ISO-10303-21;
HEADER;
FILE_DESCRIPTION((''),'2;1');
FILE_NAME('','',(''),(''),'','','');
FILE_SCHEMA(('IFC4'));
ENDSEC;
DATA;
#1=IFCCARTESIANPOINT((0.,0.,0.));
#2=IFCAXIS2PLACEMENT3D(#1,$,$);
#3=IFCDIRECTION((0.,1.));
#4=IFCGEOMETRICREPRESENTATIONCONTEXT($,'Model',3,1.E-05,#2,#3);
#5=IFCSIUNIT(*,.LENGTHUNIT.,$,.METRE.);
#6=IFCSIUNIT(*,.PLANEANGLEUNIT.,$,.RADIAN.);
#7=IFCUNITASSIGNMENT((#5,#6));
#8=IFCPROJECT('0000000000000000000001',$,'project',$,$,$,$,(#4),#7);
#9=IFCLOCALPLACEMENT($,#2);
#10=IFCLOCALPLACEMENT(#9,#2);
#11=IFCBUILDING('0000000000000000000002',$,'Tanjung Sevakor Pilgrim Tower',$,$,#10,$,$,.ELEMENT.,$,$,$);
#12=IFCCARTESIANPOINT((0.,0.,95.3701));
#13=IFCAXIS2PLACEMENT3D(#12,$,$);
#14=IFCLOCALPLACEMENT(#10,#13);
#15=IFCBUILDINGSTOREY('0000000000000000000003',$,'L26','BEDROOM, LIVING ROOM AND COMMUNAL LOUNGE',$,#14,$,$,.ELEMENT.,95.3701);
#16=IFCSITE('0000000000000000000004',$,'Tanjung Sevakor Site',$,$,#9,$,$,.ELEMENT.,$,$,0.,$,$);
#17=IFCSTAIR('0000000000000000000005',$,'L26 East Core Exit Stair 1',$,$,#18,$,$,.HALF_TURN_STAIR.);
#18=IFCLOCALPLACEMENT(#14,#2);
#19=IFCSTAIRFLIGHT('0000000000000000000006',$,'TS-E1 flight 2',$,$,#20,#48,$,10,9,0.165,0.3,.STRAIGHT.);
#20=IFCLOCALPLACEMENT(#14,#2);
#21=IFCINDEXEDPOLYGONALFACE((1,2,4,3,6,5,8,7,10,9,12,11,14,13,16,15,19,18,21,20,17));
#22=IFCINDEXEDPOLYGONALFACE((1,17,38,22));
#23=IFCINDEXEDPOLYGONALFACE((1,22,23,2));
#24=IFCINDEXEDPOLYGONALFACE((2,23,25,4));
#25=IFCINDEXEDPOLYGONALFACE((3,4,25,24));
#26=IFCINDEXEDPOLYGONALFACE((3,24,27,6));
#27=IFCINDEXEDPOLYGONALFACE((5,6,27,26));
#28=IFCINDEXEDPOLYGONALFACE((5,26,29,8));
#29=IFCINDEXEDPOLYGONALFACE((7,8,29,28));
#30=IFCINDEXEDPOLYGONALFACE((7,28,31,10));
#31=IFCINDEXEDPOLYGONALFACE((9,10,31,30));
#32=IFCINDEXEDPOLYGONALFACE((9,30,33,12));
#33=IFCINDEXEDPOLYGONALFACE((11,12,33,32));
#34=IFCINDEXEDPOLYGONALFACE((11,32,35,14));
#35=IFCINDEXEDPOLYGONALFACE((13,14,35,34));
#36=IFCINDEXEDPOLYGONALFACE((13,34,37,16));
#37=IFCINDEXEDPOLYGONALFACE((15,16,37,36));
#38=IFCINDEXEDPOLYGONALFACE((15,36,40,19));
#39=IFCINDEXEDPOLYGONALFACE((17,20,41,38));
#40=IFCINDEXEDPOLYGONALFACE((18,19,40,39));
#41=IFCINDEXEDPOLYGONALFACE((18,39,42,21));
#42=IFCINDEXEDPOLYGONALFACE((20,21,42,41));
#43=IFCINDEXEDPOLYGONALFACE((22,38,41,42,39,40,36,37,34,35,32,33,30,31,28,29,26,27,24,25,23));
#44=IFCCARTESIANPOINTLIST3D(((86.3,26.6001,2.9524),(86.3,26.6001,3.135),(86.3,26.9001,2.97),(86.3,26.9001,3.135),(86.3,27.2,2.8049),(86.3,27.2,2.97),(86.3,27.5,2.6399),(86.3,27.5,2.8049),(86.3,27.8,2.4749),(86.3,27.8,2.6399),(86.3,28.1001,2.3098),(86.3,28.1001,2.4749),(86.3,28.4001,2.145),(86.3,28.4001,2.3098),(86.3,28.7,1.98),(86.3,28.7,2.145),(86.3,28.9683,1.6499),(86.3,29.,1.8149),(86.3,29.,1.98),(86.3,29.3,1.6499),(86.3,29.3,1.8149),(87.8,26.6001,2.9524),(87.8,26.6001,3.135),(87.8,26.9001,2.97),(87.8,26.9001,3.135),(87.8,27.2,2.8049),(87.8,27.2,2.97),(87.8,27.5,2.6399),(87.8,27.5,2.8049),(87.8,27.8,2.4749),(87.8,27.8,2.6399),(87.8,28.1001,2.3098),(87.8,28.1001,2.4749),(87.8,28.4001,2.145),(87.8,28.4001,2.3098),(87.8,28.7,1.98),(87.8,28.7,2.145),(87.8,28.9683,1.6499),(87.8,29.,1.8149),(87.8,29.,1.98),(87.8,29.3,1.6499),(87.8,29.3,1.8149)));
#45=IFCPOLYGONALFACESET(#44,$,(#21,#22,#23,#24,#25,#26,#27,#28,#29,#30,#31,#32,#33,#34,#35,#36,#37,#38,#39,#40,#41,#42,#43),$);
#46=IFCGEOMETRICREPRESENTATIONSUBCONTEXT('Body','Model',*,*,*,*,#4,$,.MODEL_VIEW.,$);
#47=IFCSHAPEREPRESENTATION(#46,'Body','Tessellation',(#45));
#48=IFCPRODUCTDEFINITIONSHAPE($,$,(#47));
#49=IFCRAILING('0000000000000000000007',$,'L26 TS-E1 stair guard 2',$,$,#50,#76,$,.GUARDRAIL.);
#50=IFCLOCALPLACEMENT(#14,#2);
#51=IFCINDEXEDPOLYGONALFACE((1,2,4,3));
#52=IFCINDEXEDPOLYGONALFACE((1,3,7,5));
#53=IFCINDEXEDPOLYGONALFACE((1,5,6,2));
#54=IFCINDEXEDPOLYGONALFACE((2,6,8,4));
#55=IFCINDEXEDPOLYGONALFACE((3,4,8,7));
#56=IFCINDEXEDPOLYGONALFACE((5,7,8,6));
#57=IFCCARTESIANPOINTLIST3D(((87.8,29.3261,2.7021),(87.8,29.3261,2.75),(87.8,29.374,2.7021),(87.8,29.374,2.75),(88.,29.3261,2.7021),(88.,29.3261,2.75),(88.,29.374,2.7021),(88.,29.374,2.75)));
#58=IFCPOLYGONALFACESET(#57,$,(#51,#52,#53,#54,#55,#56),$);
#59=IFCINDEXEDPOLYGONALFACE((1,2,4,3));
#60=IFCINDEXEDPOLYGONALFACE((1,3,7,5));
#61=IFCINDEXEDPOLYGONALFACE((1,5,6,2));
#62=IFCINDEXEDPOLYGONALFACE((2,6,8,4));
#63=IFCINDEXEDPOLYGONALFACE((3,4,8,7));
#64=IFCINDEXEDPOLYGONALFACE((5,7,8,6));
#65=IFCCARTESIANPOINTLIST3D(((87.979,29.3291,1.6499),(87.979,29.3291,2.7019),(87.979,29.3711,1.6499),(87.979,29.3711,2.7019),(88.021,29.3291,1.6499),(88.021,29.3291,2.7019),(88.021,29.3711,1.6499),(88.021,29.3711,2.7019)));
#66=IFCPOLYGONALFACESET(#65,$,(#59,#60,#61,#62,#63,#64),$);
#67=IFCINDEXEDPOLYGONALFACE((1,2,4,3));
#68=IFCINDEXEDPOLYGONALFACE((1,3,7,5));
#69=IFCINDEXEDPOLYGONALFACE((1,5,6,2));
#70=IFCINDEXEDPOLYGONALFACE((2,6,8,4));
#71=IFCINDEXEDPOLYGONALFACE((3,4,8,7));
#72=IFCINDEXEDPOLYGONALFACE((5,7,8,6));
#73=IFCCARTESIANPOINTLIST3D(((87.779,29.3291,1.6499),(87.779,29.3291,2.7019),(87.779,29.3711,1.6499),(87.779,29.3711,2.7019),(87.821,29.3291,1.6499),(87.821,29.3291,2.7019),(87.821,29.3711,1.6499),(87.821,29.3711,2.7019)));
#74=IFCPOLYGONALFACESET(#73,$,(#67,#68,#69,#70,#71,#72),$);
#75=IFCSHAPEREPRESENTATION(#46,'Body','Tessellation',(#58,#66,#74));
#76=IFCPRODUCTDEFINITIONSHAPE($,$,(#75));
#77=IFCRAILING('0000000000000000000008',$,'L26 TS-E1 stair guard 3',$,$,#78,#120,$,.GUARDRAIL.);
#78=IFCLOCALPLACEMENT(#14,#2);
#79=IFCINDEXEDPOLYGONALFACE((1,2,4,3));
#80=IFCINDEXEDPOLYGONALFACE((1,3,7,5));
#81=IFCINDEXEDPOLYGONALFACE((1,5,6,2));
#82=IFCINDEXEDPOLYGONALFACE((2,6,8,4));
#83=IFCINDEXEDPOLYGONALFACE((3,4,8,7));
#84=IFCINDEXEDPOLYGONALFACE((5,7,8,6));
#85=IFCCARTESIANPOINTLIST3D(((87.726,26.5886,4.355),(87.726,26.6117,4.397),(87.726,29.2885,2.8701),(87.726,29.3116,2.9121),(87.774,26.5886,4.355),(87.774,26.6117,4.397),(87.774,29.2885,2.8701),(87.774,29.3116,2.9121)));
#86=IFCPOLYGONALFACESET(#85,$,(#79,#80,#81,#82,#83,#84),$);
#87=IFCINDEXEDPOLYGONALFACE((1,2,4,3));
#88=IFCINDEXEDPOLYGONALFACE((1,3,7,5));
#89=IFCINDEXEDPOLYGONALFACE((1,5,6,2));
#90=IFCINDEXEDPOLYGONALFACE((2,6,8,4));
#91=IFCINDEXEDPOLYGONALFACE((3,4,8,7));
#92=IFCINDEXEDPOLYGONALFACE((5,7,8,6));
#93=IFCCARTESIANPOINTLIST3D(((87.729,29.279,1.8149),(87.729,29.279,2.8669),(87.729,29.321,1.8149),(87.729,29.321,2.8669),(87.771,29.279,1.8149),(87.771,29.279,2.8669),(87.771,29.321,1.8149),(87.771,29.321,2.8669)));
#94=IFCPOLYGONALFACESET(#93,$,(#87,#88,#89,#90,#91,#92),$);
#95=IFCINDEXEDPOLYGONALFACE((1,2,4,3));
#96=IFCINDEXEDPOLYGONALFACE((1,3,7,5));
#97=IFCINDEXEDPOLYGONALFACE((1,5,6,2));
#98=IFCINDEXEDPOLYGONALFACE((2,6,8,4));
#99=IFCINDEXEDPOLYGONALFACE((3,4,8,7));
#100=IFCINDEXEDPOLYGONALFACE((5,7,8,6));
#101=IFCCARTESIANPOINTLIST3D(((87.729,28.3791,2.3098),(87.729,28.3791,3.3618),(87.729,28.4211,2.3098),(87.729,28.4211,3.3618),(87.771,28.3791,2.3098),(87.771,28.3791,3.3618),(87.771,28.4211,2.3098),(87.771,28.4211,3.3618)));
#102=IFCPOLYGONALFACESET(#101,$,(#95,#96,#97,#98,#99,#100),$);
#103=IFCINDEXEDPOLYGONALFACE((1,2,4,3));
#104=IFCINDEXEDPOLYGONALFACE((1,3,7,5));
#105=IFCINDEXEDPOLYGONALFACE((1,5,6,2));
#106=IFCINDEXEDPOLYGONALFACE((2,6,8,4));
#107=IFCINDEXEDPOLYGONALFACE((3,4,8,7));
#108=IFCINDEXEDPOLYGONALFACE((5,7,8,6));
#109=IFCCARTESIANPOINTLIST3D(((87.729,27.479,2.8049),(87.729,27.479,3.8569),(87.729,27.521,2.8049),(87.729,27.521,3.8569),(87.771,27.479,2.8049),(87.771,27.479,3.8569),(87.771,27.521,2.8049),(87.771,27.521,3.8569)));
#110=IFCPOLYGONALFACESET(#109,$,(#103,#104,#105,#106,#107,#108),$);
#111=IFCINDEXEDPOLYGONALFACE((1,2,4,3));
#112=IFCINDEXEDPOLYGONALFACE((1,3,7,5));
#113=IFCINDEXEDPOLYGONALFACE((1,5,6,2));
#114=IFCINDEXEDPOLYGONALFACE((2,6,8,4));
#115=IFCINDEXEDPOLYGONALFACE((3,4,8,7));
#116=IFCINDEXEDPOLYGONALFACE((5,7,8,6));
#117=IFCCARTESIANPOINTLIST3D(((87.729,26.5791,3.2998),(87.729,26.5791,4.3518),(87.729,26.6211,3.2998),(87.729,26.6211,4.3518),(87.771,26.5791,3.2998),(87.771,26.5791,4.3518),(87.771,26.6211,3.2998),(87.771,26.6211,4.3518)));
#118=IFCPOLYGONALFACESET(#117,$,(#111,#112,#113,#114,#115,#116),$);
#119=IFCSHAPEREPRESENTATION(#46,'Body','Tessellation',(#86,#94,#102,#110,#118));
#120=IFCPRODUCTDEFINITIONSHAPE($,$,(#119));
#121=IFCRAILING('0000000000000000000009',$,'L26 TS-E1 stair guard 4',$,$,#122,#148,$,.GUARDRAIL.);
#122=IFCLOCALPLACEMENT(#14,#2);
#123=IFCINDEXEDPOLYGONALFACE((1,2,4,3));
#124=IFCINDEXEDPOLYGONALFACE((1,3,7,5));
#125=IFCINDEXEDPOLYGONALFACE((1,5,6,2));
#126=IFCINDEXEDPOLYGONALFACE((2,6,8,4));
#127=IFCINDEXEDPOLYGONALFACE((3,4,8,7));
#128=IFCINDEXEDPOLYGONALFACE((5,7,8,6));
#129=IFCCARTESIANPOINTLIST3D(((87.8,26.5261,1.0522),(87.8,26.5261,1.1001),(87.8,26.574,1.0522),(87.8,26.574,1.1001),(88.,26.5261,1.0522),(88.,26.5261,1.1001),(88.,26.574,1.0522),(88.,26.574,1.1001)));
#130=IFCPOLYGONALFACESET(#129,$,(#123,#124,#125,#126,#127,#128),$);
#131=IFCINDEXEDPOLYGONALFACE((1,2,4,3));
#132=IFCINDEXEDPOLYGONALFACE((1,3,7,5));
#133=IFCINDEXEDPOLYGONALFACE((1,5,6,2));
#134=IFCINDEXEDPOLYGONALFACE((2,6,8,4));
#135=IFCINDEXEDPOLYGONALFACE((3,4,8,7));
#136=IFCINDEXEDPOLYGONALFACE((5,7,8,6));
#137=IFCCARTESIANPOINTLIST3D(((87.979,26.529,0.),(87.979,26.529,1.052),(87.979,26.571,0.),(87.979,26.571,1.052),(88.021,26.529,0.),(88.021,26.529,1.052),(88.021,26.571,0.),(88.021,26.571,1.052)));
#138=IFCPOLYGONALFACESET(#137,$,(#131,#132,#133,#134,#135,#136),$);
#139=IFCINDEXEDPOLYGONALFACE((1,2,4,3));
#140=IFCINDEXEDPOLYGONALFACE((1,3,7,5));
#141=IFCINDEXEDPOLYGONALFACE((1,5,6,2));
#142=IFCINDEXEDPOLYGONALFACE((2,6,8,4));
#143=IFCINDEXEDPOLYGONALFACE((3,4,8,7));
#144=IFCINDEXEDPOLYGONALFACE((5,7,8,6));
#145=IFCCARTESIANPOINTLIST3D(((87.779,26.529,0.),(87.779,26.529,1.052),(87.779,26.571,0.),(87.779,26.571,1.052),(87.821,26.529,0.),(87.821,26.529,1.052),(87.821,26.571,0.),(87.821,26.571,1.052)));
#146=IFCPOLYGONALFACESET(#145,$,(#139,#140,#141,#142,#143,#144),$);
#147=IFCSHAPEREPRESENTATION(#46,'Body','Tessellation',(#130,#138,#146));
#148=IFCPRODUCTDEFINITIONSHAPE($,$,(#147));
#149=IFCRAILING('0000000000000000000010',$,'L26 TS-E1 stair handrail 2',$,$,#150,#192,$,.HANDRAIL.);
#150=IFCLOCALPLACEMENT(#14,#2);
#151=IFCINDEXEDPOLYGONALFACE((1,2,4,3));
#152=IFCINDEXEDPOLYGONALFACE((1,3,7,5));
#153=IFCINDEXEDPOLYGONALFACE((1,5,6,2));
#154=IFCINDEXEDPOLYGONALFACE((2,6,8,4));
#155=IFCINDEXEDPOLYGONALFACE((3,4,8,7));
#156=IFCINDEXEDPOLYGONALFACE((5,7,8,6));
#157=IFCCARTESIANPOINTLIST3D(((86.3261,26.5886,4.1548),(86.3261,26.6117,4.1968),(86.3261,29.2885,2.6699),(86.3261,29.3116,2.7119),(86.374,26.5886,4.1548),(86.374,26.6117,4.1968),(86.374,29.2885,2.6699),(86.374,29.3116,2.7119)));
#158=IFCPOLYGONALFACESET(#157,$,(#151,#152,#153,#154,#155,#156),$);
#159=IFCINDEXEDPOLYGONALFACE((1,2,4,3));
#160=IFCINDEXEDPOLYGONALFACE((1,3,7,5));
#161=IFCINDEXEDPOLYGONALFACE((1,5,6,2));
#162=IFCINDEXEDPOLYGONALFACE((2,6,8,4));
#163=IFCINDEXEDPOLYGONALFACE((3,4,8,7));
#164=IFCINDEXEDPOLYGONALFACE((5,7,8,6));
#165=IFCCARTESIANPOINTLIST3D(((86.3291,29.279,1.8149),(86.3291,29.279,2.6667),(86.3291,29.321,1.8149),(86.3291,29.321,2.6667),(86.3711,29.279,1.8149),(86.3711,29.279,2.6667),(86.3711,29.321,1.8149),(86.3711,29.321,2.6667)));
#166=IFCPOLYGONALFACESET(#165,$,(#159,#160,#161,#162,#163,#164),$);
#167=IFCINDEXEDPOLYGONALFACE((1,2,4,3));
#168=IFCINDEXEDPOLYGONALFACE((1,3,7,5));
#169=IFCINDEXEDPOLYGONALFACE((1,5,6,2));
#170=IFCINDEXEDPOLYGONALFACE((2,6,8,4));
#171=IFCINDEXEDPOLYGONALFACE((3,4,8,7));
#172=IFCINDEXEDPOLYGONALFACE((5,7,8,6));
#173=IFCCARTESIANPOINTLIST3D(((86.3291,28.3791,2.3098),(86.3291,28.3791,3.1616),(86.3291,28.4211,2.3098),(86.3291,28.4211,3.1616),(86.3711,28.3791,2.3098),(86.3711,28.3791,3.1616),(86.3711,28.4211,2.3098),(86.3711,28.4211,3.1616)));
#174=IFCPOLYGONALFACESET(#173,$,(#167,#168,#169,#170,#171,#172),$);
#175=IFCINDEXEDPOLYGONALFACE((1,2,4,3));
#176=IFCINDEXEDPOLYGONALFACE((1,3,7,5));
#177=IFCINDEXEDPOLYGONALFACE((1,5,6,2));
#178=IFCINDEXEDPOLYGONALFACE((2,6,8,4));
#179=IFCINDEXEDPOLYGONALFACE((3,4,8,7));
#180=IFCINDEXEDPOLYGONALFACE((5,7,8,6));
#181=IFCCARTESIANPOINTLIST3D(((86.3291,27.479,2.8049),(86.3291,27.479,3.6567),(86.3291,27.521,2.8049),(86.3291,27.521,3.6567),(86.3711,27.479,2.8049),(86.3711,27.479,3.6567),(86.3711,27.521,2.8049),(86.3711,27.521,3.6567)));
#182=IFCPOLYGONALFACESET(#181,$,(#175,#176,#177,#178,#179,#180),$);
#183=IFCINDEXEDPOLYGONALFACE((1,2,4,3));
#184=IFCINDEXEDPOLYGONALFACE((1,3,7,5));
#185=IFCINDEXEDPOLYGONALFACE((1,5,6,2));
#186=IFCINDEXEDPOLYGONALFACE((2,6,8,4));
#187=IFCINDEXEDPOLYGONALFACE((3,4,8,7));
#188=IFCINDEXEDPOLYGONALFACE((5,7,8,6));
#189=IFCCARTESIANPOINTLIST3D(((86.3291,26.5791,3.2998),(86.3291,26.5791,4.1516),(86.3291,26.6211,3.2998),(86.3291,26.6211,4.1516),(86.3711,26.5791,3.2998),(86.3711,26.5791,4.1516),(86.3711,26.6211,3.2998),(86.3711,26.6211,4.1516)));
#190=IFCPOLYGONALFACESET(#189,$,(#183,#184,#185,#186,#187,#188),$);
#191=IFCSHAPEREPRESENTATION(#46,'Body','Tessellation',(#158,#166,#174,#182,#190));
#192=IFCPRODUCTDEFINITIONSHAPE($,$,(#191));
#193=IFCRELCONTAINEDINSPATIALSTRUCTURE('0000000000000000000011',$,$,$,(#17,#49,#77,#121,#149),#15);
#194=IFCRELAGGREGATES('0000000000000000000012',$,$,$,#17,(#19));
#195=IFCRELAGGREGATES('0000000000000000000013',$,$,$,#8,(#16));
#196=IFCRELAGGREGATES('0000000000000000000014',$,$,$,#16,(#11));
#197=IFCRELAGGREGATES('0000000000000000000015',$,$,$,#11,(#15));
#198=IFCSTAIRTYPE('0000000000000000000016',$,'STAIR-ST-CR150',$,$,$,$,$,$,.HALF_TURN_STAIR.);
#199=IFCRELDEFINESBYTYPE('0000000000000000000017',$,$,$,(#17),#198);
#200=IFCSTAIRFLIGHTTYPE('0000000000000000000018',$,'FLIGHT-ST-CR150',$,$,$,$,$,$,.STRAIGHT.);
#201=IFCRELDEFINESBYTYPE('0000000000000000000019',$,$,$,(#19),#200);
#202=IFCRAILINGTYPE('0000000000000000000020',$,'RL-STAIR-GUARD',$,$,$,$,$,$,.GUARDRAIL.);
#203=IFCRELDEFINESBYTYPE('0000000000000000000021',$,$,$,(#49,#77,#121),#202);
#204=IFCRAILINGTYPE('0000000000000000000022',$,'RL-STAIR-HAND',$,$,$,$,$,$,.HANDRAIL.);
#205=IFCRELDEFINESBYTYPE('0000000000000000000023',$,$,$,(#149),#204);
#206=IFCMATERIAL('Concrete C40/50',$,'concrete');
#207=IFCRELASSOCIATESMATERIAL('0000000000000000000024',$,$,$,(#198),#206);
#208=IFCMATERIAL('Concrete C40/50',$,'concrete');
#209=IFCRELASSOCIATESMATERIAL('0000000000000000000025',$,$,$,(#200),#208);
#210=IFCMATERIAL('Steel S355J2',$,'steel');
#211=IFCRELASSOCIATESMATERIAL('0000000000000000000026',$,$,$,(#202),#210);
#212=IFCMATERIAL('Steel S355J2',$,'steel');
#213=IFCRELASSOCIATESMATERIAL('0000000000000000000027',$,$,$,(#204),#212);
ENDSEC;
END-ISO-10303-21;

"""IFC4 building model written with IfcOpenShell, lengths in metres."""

from ifc_helpers import new_model, si_unit, direction, frame, origin, place, context, subcontext, project, spatial, polyline, rectangle, outline, extrude, material, type_object, element, aggregate, save


model = new_model("IFC4")

# Units and contexts
model_context = context("Model", 3, precision=1e-05, world=origin(), true_north=direction((0.0, 1.0)))
body_context = subcontext(model_context, "Body", "Model", "MODEL_VIEW")
ifc_project = project(units=[si_unit("LENGTHUNIT", "METRE"), si_unit("PLANEANGLEUNIT", "RADIAN")], contexts=[model_context])

# Site, building, storey
site_placement = place(None, origin())
site = spatial("IfcSite", under=ifc_project, at=site_placement, Name="Tanjung Sevakor Site", CompositionType="ELEMENT", RefElevation=0.0)
building_placement = place(site_placement, origin())
building = spatial("IfcBuilding", under=site, at=building_placement, Name="Tanjung Sevakor Pilgrim Tower", CompositionType="ELEMENT")
storey_placement = place(building_placement, frame((0.0, 0.0, 95.3701)))
storey = spatial("IfcBuildingStorey", under=building, at=storey_placement, Name="L26", Description="BEDROOM, LIVING ROOM AND COMMUNAL LOUNGE", CompositionType="ELEMENT", Elevation=95.3701)

# Stair, stair flight
ifc_material_1 = material(Name="Concrete C40/50", Category="concrete")
stair_type = type_object("IfcStairType", Name="STAIR-ST-CR150", PredefinedType="HALF_TURN_STAIR", material=ifc_material_1)
stair_placement = place(storey_placement, origin())
stair = element("IfcStair", 1, at=stair_placement, inside=storey, type_object=stair_type, Name="L26 East Core Exit Stair 1", PredefinedType="HALF_TURN_STAIR")
ifc_material_2 = material(Name="Concrete C40/50", Category="concrete")
stair_flight_type = type_object("IfcStairFlightType", Name="FLIGHT-ST-CR150", PredefinedType="STRAIGHT", material=ifc_material_2)
stair_flight_placement = place(storey_placement, frame((87.05, 29.3, 1.6499), z_axis=(0.0, 0.0, 1.0), x_axis=(0.0, -1.0, 0.0)))
stair_flight = element("IfcStairFlight", 2, at=stair_flight_placement, type_object=stair_flight_type, Name="TS-E1 flight 2", NumberOfRisers=10, NumberOfTreads=9, PredefinedType="STRAIGHT", RiserHeight=0.165, TreadLength=0.3, context=body_context, shape_type="SweptSolid", body=[
    extrude(outline(polyline([(0.0, 0.0), (0.0, 0.165), (0.3, 0.165), (0.3, 0.3301), (0.6001, 0.3301), (0.6001, 0.4951), (0.8999, 0.4951), (0.8999, 0.6599), (1.2, 0.6599), (1.2, 0.825), (1.5, 0.825), (1.5, 0.99), (1.8, 0.99), (1.8, 1.155), (2.1001, 1.155), (2.1001, 1.3201), (2.3999, 1.3201), (2.3999, 1.4851), (2.7, 1.4851), (2.7, 1.6499), (2.7, 1.3025), (0.3318, 0.0), (0.0, 0.0)])), frame((0.0, 0.75, 0.0), z_axis=(0.0, -1.0, 0.0), x_axis=(1.0, 0.0, 0.0)), (0.0, 0.0, 1.0), 1.5),
])
aggregate(stair, [stair_flight])

# Railings
ifc_material_3 = material(Name="Steel S355J2", Category="steel")
railing_type_1 = type_object("IfcRailingType", Name="RL-STAIR-GUARD", PredefinedType="GUARDRAIL", material=ifc_material_3)
railing_1_placement = place(storey_placement, frame((88.0, 29.3501, 1.6499)))
element("IfcRailing", 3, at=railing_1_placement, inside=storey, type_object=railing_type_1, Name="L26 TS-E1 stair guard 2", PredefinedType="GUARDRAIL", context=body_context, shape_type="SweptSolid", body=[
    extrude(rectangle(XDim=0.0479, YDim=0.0479), frame((0.0, 0.0, 1.0762), z_axis=(-1.0, 0.0, 0.0), x_axis=(0.0, -1.0, 0.0)), (0.0, 0.0, 1.0), 0.2),
    extrude(rectangle(XDim=0.042, YDim=0.042), origin(), (0.0, 0.0, 1.0), 1.052),
    extrude(rectangle(XDim=0.042, YDim=0.042), frame((-0.2, 0.0, 0.0)), (0.0, 0.0, 1.0), 1.052),
])
railing_2_placement = place(storey_placement, frame((87.75, 29.3, 1.8149)))
element("IfcRailing", 4, at=railing_2_placement, inside=storey, type_object=railing_type_1, Name="L26 TS-E1 stair guard 3", PredefinedType="GUARDRAIL", context=body_context, shape_type="SweptSolid", body=[
    extrude(rectangle(XDim=0.0479, YDim=0.0479), frame((0.0, 0.0, 1.0762), z_axis=(0.0, -0.876231, 0.481891), x_axis=(1.0, 0.0, 0.0)), (0.0, 0.0, 1.0), 3.0813),
    extrude(rectangle(XDim=0.042, YDim=0.042), origin(), (0.0, 0.0, 1.0), 1.052),
    extrude(rectangle(XDim=0.042, YDim=0.042), frame((0.0, -0.8999, 0.4949)), (0.0, 0.0, 1.0), 1.052),
    extrude(rectangle(XDim=0.042, YDim=0.042), frame((0.0, -1.8, 0.99)), (0.0, 0.0, 1.0), 1.052),
    extrude(rectangle(XDim=0.042, YDim=0.042), frame((0.0, -2.7, 1.4849)), (0.0, 0.0, 1.0), 1.052),
])
railing_3_placement = place(storey_placement, frame((88.0, 26.55, 0.0)))
element("IfcRailing", 5, at=railing_3_placement, inside=storey, type_object=railing_type_1, Name="L26 TS-E1 stair guard 4", PredefinedType="GUARDRAIL", context=body_context, shape_type="SweptSolid", body=[
    extrude(rectangle(XDim=0.0479, YDim=0.0479), frame((0.0, 0.0, 1.0762), z_axis=(-1.0, 0.0, 0.0), x_axis=(0.0, -1.0, 0.0)), (0.0, 0.0, 1.0), 0.2),
    extrude(rectangle(XDim=0.042, YDim=0.042), origin(), (0.0, 0.0, 1.0), 1.052),
    extrude(rectangle(XDim=0.042, YDim=0.042), frame((-0.2, 0.0, 0.0)), (0.0, 0.0, 1.0), 1.052),
])
ifc_material_4 = material(Name="Steel S355J2", Category="steel")
railing_type_2 = type_object("IfcRailingType", Name="RL-STAIR-HAND", PredefinedType="HANDRAIL", material=ifc_material_4)
railing_4_placement = place(storey_placement, frame((86.3501, 29.3, 1.8149)))
element("IfcRailing", 6, at=railing_4_placement, inside=storey, type_object=railing_type_2, Name="L26 TS-E1 stair handrail 2", PredefinedType="HANDRAIL", context=body_context, shape_type="SweptSolid", body=[
    extrude(rectangle(XDim=0.0479, YDim=0.0479), frame((0.0, 0.0, 0.876), z_axis=(0.0, -0.876231, 0.481891), x_axis=(1.0, 0.0, 0.0)), (0.0, 0.0, 1.0), 3.0813),
    extrude(rectangle(XDim=0.042, YDim=0.042), origin(), (0.0, 0.0, 1.0), 0.8518),
    extrude(rectangle(XDim=0.042, YDim=0.042), frame((0.0, -0.8999, 0.4949)), (0.0, 0.0, 1.0), 0.8518),
    extrude(rectangle(XDim=0.042, YDim=0.042), frame((0.0, -1.8, 0.99)), (0.0, 0.0, 1.0), 0.8518),
    extrude(rectangle(XDim=0.042, YDim=0.042), frame((0.0, -2.7, 1.4849)), (0.0, 0.0, 1.0), 0.8518),
])

save(model, "model.ifc")
